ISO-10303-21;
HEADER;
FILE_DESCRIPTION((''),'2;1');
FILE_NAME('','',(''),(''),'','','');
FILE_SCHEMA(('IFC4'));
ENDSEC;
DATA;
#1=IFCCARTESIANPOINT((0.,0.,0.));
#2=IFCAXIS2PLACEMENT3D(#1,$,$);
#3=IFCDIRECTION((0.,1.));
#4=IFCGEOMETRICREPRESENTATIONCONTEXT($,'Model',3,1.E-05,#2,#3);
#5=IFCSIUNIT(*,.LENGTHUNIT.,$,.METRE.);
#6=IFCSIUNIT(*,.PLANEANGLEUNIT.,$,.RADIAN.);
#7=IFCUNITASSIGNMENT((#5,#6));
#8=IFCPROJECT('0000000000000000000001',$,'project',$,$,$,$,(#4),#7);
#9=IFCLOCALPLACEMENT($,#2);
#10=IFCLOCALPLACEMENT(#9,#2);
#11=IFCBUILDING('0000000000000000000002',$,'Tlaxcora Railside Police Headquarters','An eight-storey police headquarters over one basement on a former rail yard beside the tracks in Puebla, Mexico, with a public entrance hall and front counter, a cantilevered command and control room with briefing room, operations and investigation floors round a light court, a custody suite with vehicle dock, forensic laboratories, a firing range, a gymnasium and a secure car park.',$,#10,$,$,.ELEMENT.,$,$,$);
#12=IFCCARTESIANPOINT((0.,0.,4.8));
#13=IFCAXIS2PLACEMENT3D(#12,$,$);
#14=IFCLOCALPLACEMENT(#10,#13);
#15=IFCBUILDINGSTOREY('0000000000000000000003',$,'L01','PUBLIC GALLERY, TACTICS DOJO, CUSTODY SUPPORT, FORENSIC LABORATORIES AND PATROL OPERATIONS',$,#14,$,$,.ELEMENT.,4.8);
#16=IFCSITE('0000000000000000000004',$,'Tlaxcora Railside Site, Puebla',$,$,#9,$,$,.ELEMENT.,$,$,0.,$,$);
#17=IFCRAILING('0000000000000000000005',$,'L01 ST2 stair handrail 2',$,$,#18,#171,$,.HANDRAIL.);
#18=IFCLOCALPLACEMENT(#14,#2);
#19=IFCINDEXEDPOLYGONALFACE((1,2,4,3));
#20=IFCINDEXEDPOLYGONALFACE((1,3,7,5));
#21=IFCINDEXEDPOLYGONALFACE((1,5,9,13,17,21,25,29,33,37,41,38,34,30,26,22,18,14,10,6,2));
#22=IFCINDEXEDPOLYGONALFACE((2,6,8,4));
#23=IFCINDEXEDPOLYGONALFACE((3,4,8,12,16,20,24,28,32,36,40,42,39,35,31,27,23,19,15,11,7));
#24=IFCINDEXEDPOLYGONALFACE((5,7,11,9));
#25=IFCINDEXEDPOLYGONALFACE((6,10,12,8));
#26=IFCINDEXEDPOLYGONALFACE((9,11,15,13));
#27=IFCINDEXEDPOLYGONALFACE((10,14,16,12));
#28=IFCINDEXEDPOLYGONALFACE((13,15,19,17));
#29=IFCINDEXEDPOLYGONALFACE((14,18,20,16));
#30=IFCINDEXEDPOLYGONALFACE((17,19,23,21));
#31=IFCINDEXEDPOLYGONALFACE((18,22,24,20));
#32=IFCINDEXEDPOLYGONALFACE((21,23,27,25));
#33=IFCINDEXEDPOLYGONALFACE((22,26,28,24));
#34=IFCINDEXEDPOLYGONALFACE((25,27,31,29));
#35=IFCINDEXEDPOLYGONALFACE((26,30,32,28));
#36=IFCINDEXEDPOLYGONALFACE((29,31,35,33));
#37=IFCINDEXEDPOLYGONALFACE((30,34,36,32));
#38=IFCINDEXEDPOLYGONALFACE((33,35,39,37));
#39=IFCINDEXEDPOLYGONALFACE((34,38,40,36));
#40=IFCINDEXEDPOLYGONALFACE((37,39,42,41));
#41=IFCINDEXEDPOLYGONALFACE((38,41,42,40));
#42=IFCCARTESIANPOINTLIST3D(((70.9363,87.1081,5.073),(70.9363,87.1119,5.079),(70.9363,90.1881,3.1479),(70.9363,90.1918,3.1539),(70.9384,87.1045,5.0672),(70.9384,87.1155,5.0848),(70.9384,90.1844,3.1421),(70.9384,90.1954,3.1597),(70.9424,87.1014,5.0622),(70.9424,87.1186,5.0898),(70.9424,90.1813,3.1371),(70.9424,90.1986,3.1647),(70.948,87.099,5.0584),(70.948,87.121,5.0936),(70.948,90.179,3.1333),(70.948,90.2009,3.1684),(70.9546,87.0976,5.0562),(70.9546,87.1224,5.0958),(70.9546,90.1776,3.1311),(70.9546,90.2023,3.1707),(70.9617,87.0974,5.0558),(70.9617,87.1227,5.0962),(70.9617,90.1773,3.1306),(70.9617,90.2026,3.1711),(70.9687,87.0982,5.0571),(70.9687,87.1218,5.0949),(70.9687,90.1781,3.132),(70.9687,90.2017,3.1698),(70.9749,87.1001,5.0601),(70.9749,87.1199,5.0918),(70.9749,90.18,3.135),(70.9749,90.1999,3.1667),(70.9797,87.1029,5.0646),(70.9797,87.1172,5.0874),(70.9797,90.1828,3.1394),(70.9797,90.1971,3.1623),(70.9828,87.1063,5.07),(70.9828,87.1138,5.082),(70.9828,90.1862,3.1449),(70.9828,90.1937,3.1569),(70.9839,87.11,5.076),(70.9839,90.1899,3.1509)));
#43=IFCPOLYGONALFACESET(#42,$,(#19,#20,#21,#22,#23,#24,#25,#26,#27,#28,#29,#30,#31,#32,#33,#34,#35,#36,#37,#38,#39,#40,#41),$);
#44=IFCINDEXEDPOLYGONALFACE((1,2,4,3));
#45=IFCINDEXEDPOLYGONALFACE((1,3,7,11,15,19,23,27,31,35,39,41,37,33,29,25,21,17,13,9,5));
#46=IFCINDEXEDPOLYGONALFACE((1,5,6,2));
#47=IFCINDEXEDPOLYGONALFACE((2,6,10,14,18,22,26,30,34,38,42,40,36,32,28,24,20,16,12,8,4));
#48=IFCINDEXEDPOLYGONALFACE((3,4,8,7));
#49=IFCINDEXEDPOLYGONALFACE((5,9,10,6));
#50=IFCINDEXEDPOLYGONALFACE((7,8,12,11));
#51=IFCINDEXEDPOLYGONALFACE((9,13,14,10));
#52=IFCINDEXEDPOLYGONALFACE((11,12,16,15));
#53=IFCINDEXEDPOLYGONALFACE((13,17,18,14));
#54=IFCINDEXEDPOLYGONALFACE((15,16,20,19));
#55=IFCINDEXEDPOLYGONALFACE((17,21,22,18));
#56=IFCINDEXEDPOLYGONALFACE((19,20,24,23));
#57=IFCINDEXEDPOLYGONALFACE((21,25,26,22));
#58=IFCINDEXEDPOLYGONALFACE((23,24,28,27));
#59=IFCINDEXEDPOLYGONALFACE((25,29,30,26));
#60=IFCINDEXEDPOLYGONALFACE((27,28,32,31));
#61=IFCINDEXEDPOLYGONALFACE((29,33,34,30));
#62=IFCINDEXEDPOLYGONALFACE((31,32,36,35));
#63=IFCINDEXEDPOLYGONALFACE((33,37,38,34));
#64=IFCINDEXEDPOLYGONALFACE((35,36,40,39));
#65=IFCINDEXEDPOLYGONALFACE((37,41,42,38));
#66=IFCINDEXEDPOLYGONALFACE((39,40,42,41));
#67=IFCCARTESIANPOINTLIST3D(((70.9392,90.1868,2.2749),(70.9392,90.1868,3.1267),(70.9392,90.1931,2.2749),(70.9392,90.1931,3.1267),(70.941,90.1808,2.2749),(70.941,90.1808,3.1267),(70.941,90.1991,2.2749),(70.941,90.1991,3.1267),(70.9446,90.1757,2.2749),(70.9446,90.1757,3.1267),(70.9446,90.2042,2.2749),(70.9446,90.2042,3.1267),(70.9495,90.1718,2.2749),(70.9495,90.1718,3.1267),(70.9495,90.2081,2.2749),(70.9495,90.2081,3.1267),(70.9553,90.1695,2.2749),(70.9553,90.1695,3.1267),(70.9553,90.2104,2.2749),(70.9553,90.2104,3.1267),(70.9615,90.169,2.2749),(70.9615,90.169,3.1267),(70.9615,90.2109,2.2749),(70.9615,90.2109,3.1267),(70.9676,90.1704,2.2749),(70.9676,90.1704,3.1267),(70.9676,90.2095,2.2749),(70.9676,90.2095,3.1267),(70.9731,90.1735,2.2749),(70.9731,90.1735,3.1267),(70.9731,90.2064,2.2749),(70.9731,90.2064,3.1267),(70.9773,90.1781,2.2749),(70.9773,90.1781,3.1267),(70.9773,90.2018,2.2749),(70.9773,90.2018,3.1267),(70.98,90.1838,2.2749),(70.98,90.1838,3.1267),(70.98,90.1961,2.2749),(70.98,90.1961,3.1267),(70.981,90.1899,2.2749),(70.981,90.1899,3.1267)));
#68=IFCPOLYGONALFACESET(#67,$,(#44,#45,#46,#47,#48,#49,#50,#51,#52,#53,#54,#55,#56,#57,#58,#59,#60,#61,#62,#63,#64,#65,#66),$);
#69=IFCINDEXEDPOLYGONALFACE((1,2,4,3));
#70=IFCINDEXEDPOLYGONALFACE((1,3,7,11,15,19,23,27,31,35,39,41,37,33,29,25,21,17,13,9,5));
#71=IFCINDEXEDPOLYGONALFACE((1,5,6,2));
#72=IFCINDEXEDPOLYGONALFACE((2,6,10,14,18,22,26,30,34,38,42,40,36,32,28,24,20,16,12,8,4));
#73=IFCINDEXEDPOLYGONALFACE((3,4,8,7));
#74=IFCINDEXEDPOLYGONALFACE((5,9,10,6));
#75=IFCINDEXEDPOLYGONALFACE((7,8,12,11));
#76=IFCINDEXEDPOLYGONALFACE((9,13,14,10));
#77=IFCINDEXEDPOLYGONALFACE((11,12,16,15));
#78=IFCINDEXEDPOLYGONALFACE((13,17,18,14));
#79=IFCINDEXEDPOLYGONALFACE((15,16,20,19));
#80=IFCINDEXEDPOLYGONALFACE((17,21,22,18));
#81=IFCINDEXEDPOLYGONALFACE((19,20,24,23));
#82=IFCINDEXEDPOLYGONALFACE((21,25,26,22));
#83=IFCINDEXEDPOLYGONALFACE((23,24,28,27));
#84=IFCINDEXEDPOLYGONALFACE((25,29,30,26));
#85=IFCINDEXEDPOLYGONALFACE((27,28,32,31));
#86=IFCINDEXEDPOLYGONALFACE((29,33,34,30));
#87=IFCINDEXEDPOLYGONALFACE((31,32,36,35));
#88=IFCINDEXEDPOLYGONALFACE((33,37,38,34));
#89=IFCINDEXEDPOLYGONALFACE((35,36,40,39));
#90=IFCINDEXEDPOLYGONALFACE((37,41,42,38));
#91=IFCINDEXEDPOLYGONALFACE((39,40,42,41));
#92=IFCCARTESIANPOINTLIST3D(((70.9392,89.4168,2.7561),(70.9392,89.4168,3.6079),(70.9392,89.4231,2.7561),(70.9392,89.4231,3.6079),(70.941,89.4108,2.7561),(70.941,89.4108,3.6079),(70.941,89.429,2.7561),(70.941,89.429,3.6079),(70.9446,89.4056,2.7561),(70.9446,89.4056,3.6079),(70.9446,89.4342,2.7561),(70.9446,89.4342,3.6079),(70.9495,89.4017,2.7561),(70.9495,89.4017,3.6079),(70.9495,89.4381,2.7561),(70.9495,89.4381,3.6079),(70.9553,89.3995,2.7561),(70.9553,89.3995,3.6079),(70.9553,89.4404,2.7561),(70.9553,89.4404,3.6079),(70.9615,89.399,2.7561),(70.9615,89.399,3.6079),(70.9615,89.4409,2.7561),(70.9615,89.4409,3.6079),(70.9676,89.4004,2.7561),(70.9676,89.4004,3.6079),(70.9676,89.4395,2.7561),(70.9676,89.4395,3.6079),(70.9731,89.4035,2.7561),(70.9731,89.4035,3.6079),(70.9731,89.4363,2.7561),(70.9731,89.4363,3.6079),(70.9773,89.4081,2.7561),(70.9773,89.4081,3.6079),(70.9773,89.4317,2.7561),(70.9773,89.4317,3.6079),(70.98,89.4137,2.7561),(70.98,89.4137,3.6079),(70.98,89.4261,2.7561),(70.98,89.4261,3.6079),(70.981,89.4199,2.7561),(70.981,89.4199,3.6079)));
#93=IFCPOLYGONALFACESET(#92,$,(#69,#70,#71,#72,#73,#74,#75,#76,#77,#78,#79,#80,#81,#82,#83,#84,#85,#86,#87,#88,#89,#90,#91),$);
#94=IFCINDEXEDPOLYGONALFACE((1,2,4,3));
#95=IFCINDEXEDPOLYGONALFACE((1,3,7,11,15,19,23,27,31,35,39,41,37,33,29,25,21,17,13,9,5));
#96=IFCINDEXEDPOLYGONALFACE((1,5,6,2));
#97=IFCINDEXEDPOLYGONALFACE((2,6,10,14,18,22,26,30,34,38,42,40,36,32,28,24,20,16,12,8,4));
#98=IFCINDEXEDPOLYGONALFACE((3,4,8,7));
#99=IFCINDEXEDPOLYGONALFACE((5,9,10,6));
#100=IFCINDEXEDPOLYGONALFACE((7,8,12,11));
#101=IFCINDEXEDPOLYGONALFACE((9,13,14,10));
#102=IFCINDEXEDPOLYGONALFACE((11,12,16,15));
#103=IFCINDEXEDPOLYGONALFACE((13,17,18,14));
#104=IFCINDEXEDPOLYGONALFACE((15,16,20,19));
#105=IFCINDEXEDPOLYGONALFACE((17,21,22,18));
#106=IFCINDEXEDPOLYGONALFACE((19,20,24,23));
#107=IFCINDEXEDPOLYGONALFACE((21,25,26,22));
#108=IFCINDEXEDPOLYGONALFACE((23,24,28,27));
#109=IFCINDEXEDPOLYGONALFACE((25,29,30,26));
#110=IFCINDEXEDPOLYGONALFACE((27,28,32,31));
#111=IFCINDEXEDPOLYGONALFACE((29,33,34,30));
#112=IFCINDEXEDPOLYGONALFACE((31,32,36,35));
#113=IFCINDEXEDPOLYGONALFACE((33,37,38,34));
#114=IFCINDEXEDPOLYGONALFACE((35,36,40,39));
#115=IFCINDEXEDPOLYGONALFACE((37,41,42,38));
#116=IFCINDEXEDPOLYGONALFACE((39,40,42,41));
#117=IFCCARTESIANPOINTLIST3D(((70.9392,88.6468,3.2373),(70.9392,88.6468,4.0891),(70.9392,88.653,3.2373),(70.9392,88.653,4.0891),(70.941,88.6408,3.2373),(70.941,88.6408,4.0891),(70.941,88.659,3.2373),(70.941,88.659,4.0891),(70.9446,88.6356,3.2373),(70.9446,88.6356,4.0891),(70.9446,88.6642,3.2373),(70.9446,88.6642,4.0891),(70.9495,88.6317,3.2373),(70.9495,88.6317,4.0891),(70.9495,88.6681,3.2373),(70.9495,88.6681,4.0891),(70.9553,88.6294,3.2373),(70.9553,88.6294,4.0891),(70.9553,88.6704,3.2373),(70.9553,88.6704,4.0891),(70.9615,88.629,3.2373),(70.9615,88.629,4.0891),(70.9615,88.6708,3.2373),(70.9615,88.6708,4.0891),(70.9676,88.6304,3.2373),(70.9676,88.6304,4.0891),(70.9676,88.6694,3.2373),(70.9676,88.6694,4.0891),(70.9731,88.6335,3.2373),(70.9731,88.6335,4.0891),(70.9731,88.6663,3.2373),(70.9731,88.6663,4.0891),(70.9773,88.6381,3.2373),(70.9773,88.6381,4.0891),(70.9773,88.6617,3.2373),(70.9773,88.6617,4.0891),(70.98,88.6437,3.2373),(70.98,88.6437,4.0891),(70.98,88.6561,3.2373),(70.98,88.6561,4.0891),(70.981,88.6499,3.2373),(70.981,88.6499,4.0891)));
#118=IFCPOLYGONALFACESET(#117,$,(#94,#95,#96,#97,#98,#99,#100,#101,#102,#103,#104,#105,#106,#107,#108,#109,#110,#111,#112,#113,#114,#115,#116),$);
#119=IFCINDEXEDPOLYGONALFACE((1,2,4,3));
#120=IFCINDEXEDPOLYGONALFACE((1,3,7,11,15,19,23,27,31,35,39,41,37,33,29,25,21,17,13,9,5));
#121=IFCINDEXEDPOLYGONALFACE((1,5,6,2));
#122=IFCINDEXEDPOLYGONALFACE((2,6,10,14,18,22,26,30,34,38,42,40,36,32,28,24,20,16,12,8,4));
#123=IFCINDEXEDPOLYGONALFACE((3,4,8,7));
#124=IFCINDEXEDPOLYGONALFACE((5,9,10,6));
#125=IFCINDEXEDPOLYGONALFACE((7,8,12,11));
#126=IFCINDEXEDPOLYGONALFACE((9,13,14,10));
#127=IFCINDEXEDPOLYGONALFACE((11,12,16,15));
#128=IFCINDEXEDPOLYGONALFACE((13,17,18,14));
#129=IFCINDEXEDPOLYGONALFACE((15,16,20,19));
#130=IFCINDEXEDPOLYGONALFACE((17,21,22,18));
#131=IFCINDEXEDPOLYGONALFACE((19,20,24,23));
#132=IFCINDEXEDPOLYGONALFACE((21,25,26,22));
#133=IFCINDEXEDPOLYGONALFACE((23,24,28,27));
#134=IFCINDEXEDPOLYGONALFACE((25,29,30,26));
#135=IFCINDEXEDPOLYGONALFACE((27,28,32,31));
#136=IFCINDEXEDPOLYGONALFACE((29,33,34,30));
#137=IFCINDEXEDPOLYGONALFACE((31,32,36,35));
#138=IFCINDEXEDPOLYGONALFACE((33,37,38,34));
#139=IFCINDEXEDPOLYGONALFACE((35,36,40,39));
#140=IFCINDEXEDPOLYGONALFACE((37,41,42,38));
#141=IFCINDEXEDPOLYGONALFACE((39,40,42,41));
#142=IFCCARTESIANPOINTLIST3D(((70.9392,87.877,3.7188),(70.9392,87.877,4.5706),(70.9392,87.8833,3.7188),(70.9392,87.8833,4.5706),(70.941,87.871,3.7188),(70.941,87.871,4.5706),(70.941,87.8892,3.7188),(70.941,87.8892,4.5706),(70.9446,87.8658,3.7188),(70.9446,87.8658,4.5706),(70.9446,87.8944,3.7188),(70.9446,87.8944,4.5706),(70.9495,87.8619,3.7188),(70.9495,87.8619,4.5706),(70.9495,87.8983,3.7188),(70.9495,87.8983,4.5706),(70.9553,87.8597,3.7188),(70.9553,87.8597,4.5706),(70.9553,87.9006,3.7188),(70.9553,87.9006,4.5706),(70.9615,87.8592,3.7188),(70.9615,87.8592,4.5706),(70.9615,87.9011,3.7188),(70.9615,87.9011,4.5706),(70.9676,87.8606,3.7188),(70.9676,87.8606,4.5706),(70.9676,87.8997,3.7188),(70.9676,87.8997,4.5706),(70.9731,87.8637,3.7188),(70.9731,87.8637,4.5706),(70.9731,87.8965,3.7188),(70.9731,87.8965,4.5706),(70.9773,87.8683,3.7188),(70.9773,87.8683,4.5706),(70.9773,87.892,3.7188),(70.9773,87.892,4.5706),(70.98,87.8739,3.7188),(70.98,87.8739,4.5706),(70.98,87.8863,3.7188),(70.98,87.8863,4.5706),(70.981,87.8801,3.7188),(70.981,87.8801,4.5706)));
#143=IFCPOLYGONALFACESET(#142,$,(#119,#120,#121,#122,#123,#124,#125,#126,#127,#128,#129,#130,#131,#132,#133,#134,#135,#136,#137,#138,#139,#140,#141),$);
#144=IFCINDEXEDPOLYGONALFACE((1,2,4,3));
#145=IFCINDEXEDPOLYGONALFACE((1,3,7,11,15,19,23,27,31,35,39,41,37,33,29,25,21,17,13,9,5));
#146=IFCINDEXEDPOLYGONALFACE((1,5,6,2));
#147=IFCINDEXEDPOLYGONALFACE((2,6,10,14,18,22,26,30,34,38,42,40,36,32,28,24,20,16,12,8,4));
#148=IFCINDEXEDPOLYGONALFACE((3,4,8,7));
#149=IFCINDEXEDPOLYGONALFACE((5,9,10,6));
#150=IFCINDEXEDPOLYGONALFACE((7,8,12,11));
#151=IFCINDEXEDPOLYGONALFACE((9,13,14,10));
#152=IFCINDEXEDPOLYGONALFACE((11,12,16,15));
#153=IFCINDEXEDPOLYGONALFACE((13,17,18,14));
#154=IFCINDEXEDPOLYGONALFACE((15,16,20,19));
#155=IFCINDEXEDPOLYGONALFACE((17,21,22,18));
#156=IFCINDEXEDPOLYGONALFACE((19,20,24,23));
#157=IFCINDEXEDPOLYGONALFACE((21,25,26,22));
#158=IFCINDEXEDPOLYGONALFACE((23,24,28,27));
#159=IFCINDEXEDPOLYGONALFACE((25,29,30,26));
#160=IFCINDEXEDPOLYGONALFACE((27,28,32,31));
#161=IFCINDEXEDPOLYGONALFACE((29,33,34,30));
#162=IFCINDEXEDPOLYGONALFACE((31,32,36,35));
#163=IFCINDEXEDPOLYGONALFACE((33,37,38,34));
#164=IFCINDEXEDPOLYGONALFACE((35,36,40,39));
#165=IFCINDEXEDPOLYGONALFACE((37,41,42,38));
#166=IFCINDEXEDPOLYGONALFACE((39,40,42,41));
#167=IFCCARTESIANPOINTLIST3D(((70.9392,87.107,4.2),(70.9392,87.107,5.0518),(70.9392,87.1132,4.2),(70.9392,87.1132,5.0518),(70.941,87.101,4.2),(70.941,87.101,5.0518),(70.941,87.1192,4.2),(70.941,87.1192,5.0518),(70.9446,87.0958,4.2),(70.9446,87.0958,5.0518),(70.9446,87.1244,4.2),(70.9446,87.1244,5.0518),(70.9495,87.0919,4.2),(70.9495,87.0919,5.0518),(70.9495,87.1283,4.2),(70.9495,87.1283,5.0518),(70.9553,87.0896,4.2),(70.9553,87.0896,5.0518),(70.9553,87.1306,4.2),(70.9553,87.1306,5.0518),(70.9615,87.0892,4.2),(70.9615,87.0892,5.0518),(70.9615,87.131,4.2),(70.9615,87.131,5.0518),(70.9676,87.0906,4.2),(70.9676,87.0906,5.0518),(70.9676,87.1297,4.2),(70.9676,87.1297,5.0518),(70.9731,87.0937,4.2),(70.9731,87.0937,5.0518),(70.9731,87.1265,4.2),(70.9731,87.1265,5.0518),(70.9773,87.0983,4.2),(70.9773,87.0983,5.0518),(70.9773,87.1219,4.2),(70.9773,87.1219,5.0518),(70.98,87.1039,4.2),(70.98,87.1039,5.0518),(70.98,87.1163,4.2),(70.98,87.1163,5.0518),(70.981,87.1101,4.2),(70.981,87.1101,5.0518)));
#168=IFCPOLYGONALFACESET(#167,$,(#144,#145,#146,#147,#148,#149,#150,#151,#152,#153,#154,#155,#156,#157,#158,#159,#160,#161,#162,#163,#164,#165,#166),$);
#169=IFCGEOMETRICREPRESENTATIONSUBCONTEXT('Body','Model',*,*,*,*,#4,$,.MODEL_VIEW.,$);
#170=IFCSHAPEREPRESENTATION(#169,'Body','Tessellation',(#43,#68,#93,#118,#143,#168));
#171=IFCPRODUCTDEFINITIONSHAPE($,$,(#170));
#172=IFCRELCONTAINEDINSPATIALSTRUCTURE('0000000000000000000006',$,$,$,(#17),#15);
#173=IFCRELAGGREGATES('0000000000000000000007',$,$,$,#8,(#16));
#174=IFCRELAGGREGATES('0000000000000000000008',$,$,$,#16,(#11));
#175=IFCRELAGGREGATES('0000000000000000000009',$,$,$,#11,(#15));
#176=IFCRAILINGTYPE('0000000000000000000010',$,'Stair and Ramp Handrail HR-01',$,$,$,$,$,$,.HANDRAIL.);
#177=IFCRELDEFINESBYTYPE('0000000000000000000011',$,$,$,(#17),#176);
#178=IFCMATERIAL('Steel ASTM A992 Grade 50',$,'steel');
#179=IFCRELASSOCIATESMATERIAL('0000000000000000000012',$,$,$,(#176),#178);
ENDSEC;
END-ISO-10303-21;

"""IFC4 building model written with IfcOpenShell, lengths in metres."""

from ifc_helpers import new_model, si_unit, direction, frame, origin, origin_2d, place, context, subcontext, project, spatial, circle, extrude, material, type_object, element, save


model = new_model("IFC4")

# Units and contexts
model_context = context("Model", 3, precision=1e-05, world=origin(), true_north=direction((0.0, 1.0)))
body_context = subcontext(model_context, "Body", "Model", "MODEL_VIEW")
ifc_project = project(units=[si_unit("LENGTHUNIT", "METRE"), si_unit("PLANEANGLEUNIT", "RADIAN")], contexts=[model_context])

# Site, building, storey
site_placement = place(None, origin())
site = spatial("IfcSite", under=ifc_project, at=site_placement, Name="Tlaxcora Railside Site, Puebla", CompositionType="ELEMENT", RefElevation=0.0)
building_placement = place(site_placement, origin())
building = spatial("IfcBuilding", under=site, at=building_placement, Name="Tlaxcora Railside Police Headquarters", Description="An eight-storey police headquarters over one basement on a former rail yard beside the tracks in Puebla, Mexico, with a public entrance hall and front counter, a cantilevered command and control room with briefing room, operations and investigation floors round a light court, a custody suite with vehicle dock, forensic laboratories, a firing range, a gymnasium and a secure car park.", CompositionType="ELEMENT")
storey_placement = place(building_placement, frame((0.0, 0.0, 4.8)))
storey = spatial("IfcBuildingStorey", under=building, at=storey_placement, Name="L01", Description="PUBLIC GALLERY, TACTICS DOJO, CUSTODY SUPPORT, FORENSIC LABORATORIES AND PATROL OPERATIONS", CompositionType="ELEMENT", Elevation=4.8)

# Shared definitions
ifc_material_1 = material(Name="Steel ASTM A992 Grade 50", Category="steel")

# Railing
railing_type_1 = type_object("IfcRailingType", Name="Stair and Ramp Handrail HR-01", PredefinedType="HANDRAIL", material=ifc_material_1)
railing_1_placement = place(storey_placement, frame((70.96, 90.1899, 2.2749)))
element("IfcRailing", 1, at=railing_1_placement, inside=storey, type_object=railing_type_1, Name="L01 ST2 stair handrail 2", PredefinedType="HANDRAIL", context=body_context, shape_type="SweptSolid", body=[
    extrude(circle(Radius=0.0239, at=origin_2d()), frame((0.0, 0.0, 0.876), z_axis=(0.0, -0.847979, 0.530029), x_axis=(1.0, 0.0, 0.0)), (0.0, 0.0, 1.0), 3.6321),
    extrude(circle(Radius=0.021, at=origin_2d()), origin(), (0.0, 0.0, 1.0), 0.8518),
    extrude(circle(Radius=0.021, at=origin_2d()), frame((0.0, -0.77, 0.4812)), (0.0, 0.0, 1.0), 0.8518),
    extrude(circle(Radius=0.021, at=origin_2d()), frame((0.0, -1.54, 0.9624)), (0.0, 0.0, 1.0), 0.8518),
    extrude(circle(Radius=0.021, at=origin_2d()), frame((0.0, -2.3098, 1.4438)), (0.0, 0.0, 1.0), 0.8518),
    extrude(circle(Radius=0.021, at=origin_2d()), frame((0.0, -3.0798, 1.925)), (0.0, 0.0, 1.0), 0.8518),
])

save(model, "model.ifc")
